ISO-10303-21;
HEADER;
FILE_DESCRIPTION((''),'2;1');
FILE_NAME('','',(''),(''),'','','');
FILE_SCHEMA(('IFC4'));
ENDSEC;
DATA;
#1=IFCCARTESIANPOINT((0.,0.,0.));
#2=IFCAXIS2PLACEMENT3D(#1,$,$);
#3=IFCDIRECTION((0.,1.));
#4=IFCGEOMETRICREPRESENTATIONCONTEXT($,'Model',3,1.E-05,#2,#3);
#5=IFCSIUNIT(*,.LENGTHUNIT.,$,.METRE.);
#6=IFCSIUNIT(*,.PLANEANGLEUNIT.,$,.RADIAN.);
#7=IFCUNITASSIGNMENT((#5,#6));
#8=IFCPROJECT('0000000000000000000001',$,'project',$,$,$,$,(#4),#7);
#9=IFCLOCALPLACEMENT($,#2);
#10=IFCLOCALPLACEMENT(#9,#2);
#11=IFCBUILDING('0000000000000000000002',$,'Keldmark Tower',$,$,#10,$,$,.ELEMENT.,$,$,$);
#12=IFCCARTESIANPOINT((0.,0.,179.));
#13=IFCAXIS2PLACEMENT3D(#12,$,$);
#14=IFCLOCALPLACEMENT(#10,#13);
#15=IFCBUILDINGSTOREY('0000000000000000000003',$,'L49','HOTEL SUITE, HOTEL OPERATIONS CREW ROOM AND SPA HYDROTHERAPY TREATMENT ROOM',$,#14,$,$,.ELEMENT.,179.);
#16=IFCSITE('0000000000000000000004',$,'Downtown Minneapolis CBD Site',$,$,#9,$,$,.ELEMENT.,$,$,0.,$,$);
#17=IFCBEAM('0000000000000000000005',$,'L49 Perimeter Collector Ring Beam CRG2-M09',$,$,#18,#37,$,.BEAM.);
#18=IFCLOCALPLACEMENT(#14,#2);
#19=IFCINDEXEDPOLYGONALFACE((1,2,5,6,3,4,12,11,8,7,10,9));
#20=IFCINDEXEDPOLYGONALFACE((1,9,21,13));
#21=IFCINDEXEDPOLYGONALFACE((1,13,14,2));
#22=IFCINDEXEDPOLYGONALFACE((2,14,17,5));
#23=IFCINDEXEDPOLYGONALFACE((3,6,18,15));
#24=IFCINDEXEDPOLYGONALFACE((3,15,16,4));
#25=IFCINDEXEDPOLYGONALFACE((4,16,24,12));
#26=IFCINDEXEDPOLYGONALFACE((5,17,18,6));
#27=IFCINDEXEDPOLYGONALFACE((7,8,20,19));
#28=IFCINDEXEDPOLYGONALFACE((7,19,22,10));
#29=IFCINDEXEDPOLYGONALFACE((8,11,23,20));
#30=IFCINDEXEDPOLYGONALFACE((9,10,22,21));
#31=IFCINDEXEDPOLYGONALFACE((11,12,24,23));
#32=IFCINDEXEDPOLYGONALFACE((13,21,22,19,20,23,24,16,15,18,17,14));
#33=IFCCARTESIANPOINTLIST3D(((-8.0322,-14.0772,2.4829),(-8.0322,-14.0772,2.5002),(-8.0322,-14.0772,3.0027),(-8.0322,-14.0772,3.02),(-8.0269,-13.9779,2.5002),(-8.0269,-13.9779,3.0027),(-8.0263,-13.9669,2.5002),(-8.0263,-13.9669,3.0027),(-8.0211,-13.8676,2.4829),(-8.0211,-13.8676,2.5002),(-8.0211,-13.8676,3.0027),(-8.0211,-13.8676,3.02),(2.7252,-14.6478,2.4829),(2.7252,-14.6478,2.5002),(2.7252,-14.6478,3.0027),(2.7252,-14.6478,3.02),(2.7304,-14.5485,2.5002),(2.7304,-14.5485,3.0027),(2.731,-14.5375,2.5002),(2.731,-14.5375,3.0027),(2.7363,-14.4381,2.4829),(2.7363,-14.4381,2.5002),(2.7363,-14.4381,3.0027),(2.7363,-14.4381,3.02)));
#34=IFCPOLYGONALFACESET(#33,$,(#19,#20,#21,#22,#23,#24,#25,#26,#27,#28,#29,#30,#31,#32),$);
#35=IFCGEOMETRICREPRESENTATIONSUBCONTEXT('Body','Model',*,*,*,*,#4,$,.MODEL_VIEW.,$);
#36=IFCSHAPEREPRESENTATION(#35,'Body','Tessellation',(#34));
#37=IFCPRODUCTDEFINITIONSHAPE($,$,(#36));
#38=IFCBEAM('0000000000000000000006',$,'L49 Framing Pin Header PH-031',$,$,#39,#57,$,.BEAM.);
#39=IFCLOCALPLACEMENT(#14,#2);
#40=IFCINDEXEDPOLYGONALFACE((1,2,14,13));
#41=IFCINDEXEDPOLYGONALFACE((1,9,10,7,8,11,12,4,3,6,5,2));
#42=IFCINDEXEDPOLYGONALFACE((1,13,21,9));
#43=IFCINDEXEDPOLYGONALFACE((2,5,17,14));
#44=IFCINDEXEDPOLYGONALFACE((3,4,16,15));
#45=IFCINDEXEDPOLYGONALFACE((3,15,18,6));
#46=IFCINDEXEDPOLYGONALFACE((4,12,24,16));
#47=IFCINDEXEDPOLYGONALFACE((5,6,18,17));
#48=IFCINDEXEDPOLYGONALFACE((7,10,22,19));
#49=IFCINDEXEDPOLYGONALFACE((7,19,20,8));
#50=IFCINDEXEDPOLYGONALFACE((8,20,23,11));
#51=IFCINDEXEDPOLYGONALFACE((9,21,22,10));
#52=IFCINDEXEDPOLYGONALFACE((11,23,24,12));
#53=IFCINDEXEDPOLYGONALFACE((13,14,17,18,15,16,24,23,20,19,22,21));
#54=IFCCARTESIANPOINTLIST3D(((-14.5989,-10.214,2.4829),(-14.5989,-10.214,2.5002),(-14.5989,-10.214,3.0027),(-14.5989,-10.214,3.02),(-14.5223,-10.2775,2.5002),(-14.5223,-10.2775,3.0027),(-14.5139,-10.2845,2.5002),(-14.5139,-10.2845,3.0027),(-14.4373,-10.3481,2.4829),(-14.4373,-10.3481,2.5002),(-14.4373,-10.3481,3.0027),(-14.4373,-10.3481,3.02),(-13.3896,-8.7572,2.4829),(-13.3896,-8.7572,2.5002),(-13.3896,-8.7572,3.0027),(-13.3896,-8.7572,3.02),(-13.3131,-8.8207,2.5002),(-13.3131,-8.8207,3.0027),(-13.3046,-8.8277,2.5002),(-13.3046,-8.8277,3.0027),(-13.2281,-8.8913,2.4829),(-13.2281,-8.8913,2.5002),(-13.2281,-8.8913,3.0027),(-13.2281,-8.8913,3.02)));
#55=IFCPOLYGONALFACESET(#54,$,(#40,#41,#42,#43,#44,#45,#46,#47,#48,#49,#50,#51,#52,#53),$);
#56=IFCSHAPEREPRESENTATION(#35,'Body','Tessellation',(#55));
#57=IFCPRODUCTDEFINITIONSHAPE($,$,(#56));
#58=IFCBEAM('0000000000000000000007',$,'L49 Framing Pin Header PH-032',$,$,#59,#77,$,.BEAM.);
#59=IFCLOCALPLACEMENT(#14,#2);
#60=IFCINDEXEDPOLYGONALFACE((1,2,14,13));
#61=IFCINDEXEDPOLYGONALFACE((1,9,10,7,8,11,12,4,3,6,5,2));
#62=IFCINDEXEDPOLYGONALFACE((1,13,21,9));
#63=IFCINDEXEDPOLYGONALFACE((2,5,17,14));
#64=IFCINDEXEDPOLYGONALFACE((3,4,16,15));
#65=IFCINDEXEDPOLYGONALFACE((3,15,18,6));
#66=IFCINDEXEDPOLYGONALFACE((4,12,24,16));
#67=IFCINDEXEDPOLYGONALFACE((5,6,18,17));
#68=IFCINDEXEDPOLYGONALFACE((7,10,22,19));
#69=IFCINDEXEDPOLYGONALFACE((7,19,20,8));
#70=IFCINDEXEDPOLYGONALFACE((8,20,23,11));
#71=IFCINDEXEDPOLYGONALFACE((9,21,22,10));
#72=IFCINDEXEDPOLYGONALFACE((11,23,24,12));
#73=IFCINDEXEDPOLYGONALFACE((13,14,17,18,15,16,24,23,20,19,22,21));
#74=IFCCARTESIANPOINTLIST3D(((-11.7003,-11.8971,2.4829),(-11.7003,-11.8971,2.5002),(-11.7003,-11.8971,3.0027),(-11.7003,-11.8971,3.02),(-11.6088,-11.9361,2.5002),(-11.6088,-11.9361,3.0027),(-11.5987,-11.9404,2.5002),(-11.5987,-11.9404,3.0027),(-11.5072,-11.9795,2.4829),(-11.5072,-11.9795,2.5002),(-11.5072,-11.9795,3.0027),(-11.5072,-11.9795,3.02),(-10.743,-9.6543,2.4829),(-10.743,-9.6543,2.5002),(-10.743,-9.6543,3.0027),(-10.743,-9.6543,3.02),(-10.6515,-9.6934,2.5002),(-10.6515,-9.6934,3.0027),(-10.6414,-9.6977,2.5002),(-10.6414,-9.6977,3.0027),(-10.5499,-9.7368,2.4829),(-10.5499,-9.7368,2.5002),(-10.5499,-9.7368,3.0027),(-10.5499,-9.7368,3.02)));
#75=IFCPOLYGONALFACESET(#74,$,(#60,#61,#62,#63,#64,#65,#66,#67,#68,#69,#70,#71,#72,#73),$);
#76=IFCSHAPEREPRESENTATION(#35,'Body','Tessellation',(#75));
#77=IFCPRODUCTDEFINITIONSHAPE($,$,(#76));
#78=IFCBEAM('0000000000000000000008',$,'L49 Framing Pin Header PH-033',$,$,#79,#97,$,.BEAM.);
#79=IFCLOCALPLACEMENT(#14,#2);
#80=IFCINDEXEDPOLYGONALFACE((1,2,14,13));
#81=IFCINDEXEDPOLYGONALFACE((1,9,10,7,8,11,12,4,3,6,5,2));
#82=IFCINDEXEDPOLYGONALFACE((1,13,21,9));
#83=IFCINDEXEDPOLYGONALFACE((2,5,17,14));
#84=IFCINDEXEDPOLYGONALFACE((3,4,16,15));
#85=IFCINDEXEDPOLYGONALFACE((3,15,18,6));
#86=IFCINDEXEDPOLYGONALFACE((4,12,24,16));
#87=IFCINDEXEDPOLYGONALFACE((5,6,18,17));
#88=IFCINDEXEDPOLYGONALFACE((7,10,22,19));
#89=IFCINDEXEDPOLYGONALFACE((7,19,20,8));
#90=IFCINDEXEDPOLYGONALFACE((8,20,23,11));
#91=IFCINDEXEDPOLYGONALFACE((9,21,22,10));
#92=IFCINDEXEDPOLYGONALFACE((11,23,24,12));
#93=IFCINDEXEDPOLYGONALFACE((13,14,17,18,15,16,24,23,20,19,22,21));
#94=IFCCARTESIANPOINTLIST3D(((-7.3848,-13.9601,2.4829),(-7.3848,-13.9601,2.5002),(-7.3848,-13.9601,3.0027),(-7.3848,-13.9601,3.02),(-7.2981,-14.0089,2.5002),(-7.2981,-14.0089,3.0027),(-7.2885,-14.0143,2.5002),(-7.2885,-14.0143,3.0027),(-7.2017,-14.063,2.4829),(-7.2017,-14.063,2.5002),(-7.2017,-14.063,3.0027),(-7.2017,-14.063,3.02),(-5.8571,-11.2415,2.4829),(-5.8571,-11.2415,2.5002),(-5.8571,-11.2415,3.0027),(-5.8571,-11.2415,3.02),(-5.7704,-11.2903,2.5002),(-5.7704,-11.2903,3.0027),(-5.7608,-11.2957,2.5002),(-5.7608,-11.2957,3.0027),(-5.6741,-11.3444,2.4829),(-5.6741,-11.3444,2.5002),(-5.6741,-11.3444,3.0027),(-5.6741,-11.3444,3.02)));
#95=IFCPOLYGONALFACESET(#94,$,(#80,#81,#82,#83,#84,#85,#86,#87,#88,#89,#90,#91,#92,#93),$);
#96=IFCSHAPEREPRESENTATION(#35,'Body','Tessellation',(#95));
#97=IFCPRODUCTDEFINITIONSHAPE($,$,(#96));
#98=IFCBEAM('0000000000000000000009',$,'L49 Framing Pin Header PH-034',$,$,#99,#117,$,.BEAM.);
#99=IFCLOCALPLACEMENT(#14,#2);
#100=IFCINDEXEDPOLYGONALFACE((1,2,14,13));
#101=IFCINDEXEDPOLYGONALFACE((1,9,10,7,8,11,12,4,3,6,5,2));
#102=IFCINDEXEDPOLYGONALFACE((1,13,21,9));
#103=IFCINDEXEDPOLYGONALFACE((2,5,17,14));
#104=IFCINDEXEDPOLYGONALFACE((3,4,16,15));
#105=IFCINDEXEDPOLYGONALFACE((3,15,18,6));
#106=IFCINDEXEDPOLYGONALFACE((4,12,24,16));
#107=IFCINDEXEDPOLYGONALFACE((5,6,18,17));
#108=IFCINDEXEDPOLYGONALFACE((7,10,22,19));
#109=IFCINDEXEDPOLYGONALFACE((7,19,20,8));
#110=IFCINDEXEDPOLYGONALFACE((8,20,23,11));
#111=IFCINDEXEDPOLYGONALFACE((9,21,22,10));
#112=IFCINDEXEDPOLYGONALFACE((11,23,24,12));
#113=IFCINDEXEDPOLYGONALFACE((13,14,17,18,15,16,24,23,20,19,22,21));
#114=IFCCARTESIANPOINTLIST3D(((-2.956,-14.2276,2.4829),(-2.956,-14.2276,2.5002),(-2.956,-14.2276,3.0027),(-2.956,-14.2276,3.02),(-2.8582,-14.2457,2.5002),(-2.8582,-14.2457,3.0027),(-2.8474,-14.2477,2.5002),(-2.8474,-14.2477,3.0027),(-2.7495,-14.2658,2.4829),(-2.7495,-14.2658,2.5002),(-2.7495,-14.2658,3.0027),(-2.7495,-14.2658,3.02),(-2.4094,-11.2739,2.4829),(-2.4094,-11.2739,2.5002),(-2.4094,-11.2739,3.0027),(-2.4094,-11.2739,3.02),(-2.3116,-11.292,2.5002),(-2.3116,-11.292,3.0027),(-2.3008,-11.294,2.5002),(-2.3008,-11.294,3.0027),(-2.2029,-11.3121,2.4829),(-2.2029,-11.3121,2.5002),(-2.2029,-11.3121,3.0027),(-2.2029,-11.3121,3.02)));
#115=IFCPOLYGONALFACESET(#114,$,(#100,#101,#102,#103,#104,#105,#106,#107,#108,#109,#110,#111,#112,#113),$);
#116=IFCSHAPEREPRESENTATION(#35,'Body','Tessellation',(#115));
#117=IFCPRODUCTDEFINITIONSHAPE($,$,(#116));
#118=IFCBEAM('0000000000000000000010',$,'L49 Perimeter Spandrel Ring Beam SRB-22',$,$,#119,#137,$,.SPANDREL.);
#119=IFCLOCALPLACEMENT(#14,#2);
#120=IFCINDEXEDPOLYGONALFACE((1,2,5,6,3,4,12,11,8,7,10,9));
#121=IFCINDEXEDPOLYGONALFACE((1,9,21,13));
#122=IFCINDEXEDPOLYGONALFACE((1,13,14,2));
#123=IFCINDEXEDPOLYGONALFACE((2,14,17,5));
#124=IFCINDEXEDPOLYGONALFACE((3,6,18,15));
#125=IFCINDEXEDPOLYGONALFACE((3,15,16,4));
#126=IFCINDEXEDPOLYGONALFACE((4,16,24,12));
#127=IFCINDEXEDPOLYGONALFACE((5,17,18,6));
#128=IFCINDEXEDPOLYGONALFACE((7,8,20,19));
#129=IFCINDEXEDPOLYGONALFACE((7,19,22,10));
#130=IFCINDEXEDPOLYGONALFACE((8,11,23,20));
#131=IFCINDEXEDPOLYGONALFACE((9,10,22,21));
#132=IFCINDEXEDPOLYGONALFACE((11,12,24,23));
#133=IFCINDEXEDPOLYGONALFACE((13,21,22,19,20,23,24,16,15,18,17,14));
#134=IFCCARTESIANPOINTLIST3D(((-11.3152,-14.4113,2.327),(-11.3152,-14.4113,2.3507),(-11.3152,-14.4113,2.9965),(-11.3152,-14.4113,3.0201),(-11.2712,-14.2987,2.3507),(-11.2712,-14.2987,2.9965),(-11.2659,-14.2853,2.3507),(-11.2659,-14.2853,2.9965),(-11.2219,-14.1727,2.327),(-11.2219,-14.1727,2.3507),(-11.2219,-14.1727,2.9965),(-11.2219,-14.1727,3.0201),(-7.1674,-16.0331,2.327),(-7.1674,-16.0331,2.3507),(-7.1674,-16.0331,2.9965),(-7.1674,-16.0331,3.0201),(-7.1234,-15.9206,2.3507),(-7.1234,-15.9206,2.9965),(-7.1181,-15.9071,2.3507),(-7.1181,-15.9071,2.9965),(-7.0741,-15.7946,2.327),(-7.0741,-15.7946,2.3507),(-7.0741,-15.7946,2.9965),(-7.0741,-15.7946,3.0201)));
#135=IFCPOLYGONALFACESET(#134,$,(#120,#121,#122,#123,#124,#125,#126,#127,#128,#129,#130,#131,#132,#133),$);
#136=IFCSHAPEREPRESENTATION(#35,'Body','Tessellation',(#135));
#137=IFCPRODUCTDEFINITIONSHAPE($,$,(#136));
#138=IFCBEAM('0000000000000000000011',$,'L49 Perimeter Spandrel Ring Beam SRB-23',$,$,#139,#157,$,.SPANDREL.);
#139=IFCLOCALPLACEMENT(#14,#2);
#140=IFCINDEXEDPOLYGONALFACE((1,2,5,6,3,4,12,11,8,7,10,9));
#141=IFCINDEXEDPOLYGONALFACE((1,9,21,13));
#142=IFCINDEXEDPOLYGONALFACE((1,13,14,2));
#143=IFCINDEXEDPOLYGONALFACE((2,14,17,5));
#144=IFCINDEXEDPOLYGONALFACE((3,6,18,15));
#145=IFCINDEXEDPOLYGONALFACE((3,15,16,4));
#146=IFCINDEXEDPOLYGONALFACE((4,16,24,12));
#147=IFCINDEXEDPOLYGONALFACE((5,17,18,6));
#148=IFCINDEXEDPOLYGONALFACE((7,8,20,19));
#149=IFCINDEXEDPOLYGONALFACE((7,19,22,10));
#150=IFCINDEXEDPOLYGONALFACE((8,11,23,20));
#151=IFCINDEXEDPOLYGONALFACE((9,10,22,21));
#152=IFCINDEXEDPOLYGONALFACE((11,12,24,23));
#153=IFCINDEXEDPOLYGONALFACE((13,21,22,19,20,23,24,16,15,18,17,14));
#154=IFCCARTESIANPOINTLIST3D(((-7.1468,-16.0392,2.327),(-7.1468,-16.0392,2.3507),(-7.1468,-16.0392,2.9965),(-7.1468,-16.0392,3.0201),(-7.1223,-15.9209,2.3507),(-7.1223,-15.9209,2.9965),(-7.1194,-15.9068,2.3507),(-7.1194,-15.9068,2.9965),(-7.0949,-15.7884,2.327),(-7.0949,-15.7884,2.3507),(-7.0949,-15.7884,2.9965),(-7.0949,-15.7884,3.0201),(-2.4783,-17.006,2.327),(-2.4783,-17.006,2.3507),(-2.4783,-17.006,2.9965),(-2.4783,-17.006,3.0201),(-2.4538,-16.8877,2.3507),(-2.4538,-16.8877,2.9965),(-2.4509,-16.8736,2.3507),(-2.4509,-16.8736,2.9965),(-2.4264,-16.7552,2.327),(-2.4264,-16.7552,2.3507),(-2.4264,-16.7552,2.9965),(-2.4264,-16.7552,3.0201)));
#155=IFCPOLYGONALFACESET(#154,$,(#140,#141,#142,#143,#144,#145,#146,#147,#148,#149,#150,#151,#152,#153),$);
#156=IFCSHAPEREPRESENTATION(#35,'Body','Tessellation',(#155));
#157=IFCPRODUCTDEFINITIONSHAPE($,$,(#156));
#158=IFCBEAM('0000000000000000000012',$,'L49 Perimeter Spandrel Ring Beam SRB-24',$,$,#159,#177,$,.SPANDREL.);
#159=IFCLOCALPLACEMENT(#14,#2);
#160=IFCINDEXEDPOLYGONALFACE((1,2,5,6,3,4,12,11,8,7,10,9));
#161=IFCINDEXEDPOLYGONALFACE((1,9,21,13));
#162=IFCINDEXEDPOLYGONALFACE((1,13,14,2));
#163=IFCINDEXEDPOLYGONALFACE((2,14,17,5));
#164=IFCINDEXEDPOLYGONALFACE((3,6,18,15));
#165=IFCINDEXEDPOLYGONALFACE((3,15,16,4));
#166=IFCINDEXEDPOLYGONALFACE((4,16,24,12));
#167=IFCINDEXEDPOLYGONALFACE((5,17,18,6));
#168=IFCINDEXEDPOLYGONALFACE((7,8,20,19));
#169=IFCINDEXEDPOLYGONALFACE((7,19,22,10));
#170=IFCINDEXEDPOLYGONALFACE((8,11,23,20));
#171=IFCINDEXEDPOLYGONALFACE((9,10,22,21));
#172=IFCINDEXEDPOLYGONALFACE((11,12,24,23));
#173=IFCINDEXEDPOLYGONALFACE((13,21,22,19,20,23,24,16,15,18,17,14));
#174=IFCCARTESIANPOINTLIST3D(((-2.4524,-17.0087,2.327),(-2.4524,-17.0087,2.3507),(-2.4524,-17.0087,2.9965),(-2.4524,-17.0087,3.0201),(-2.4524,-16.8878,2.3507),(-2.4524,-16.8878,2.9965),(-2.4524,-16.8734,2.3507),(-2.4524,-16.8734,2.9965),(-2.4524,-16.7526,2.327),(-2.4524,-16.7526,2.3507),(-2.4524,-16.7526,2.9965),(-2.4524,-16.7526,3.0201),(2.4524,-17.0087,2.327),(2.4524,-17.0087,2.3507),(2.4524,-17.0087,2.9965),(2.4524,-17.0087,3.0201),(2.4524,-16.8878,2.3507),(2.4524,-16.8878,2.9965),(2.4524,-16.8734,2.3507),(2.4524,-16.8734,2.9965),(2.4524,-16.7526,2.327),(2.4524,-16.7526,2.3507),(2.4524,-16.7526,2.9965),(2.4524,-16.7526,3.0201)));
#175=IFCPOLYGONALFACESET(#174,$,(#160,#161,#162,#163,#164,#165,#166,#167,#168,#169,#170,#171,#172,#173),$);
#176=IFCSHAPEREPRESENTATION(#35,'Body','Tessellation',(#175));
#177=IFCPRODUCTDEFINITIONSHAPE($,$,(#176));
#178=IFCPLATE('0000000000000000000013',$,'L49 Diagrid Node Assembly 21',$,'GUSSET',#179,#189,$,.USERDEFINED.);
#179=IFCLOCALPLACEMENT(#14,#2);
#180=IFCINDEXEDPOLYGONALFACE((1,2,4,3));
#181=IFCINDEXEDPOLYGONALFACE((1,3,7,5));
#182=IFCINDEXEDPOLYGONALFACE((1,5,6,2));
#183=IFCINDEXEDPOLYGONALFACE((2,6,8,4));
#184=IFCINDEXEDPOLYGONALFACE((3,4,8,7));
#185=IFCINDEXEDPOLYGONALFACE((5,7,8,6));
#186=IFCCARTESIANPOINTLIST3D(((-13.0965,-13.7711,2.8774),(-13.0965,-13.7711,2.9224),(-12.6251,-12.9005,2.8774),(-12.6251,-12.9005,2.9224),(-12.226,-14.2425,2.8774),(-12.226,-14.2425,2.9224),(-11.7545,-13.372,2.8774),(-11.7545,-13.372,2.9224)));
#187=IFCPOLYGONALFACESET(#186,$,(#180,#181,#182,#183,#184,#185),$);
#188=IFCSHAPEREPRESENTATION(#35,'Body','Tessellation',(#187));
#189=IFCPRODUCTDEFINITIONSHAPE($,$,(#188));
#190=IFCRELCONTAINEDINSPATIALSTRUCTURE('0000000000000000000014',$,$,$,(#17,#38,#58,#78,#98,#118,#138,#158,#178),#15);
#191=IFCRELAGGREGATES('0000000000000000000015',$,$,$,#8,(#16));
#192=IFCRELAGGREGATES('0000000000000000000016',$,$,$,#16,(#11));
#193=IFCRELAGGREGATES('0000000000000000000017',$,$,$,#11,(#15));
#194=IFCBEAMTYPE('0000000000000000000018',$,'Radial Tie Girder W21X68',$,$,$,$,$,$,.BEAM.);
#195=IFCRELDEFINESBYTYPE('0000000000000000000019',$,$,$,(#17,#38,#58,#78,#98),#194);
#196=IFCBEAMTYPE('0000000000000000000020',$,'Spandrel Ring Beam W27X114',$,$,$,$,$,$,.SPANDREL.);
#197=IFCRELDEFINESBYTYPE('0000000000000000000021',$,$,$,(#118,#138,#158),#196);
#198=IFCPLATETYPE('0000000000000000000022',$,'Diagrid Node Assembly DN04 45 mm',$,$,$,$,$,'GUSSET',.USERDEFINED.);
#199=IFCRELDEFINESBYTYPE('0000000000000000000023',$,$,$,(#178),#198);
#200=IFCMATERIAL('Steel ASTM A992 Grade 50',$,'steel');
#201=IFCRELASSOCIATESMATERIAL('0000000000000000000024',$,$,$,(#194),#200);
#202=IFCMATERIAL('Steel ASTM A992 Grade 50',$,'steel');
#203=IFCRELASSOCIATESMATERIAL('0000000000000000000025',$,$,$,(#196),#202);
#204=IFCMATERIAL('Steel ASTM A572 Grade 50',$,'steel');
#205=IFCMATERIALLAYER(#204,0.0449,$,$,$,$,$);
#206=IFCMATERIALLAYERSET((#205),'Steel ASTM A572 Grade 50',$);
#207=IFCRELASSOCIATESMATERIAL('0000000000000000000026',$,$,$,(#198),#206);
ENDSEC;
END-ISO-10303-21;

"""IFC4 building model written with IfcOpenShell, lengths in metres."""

from ifc_helpers import new_model, si_unit, direction, frame, origin, origin_2d, place, context, subcontext, project, spatial, rectangle, i_section, extrude, material, layer, layer_set, material_profile, profile_set, type_object, element, save


model = new_model("IFC4")

# Units and contexts
model_context = context("Model", 3, precision=1e-05, world=origin(), true_north=direction((0.0, 1.0)))
body_context = subcontext(model_context, "Body", "Model", "MODEL_VIEW")
ifc_project = project(units=[si_unit("LENGTHUNIT", "METRE"), si_unit("PLANEANGLEUNIT", "RADIAN")], contexts=[model_context])

# Site, building, storey
site_placement = place(None, origin())
site = spatial("IfcSite", under=ifc_project, at=site_placement, Name="Downtown Minneapolis CBD Site", CompositionType="ELEMENT", RefElevation=0.0)
building_placement = place(site_placement, origin())
building = spatial("IfcBuilding", under=site, at=building_placement, Name="Keldmark Tower", CompositionType="ELEMENT")
storey_placement = place(building_placement, frame((0.0, 0.0, 179.0)))
storey = spatial("IfcBuildingStorey", under=building, at=storey_placement, Name="L49", Description="HOTEL SUITE, HOTEL OPERATIONS CREW ROOM AND SPA HYDROTHERAPY TREATMENT ROOM", CompositionType="ELEMENT", Elevation=179.0)

# Beams
ifc_material_1 = material(Name="Steel ASTM A992 Grade 50", Category="steel")
ifc_material_profile_1 = material_profile(ifc_material_1, i_section(OverallWidth=0.21, OverallDepth=0.5371, WebThickness=0.011, FlangeThickness=0.0173, at=origin_2d()), Name="W21X68")
ifc_profile_set_1 = profile_set([ifc_material_profile_1], Name="Steel ASTM A992 Grade 50")
beam_type_1 = type_object("IfcBeamType", Name="Radial Tie Girder W21X68", PredefinedType="BEAM", material=ifc_profile_set_1)
beam_1_placement = place(storey_placement, frame((-8.0266, -13.9724, 2.7515), z_axis=(0.998596, -0.052964, 0.0), x_axis=(0.052964, 0.998596, 0.0)))
element("IfcBeam", 1, at=beam_1_placement, inside=storey, type_object=beam_type_1, Name="L49 Perimeter Collector Ring Beam CRG2-M09", PredefinedType="BEAM", context=body_context, shape_type="SweptSolid", body=[
    extrude(i_section(OverallWidth=0.21, OverallDepth=0.5371, WebThickness=0.011, FlangeThickness=0.0173, at=origin_2d()), origin(), (0.0, 0.0, 1.0), 10.7725),
])
beam_2_placement = place(storey_placement, frame((-13.3088, -8.8242, 2.7515), z_axis=(-0.638699, -0.769457, 0.0), x_axis=(0.769457, -0.638699, 0.0)))
element("IfcBeam", 2, at=beam_2_placement, inside=storey, type_object=beam_type_1, Name="L49 Framing Pin Header PH-031", PredefinedType="BEAM", context=body_context, shape_type="SweptSolid", body=[
    extrude(i_section(OverallWidth=0.21, OverallDepth=0.5371, WebThickness=0.011, FlangeThickness=0.0173, at=origin_2d()), origin(), (0.0, 0.0, 1.0), 1.8933),
])
beam_3_placement = place(storey_placement, frame((-10.6465, -9.6956, 2.7515), z_axis=(-0.392578, -0.919719, 0.0), x_axis=(0.919719, -0.392578, 0.0)))
element("IfcBeam", 3, at=beam_3_placement, inside=storey, type_object=beam_type_1, Name="L49 Framing Pin Header PH-032", PredefinedType="BEAM", context=body_context, shape_type="SweptSolid", body=[
    extrude(i_section(OverallWidth=0.21, OverallDepth=0.5371, WebThickness=0.011, FlangeThickness=0.0173, at=origin_2d()), origin(), (0.0, 0.0, 1.0), 2.4385),
])
beam_4_placement = place(storey_placement, frame((-5.7656, -11.293, 2.7515), z_axis=(-0.489878, -0.871791, 0.0), x_axis=(0.871791, -0.489878, 0.0)))
element("IfcBeam", 4, at=beam_4_placement, inside=storey, type_object=beam_type_1, Name="L49 Framing Pin Header PH-033", PredefinedType="BEAM", context=body_context, shape_type="SweptSolid", body=[
    extrude(i_section(OverallWidth=0.21, OverallDepth=0.5371, WebThickness=0.011, FlangeThickness=0.0173, at=origin_2d()), origin(), (0.0, 0.0, 1.0), 3.1184),
])
beam_5_placement = place(storey_placement, frame((-2.3062, -11.293, 2.7515), z_axis=(-0.181967, -0.983305, 0.0), x_axis=(0.983305, -0.181967, 0.0)))
element("IfcBeam", 5, at=beam_5_placement, inside=storey, type_object=beam_type_1, Name="L49 Framing Pin Header PH-034", PredefinedType="BEAM", context=body_context, shape_type="SweptSolid", body=[
    extrude(i_section(OverallWidth=0.21, OverallDepth=0.5371, WebThickness=0.011, FlangeThickness=0.0173, at=origin_2d()), origin(), (0.0, 0.0, 1.0), 3.0039),
])
ifc_material_2 = material(Name="Steel ASTM A992 Grade 50", Category="steel")
ifc_material_profile_2 = material_profile(ifc_material_2, i_section(OverallWidth=0.2561, OverallDepth=0.6931, WebThickness=0.0144, FlangeThickness=0.0237, at=origin_2d()), Name="W27X114")
ifc_profile_set_2 = profile_set([ifc_material_profile_2], Name="Steel ASTM A992 Grade 50")
beam_type_2 = type_object("IfcBeamType", Name="Spandrel Ring Beam W27X114", PredefinedType="SPANDREL", material=ifc_profile_set_2)
beam_6_placement = place(storey_placement, frame((-11.2686, -14.292, 2.6736), z_axis=(0.931333, -0.364168, 0.0), x_axis=(0.364168, 0.931333, 0.0)))
element("IfcBeam", 6, at=beam_6_placement, inside=storey, type_object=beam_type_2, Name="L49 Perimeter Spandrel Ring Beam SRB-22", PredefinedType="SPANDREL", context=body_context, shape_type="SweptSolid", body=[
    extrude(i_section(OverallWidth=0.2561, OverallDepth=0.6931, WebThickness=0.0144, FlangeThickness=0.0237, at=origin_2d()), origin(), (0.0, 0.0, 1.0), 4.4536),
])
beam_7_placement = place(storey_placement, frame((-7.1208, -15.9138, 2.6736), z_axis=(0.979223, -0.202788, 0.0), x_axis=(0.202788, 0.979223, 0.0)))
element("IfcBeam", 7, at=beam_7_placement, inside=storey, type_object=beam_type_2, Name="L49 Perimeter Spandrel Ring Beam SRB-23", PredefinedType="SPANDREL", context=body_context, shape_type="SweptSolid", body=[
    extrude(i_section(OverallWidth=0.2561, OverallDepth=0.6931, WebThickness=0.0144, FlangeThickness=0.0237, at=origin_2d()), origin(), (0.0, 0.0, 1.0), 4.7676),
])
beam_8_placement = place(storey_placement, frame((-2.4524, -16.8806, 2.6736), z_axis=(1.0, 0.0, 0.0), x_axis=(0.0, 1.0, 0.0)))
element("IfcBeam", 8, at=beam_8_placement, inside=storey, type_object=beam_type_2, Name="L49 Perimeter Spandrel Ring Beam SRB-24", PredefinedType="SPANDREL", context=body_context, shape_type="SweptSolid", body=[
    extrude(i_section(OverallWidth=0.2561, OverallDepth=0.6931, WebThickness=0.0144, FlangeThickness=0.0237, at=origin_2d()), origin(), (0.0, 0.0, 1.0), 4.9048),
])

# Plate
ifc_material_3 = material(Name="Steel ASTM A572 Grade 50", Category="steel")
ifc_layer_1 = layer(ifc_material_3, 0.0449)
ifc_layer_set_1 = layer_set([ifc_layer_1], Name="Steel ASTM A572 Grade 50")
plate_type = type_object("IfcPlateType", Name="Diagrid Node Assembly DN04 45 mm", ElementType="GUSSET", PredefinedType="USERDEFINED", material=ifc_layer_set_1)
for number, where, z_axis, x_axis, name in (
    (9, (-12.4255, -13.5715, 2.8774), (0.0, 0.0, 1.0), (0.879316, -0.476238, 0.0), "L49 Diagrid Node Assembly 21"),
):
    element("IfcPlate", number, at=place(storey_placement, frame(where, z_axis=z_axis, x_axis=x_axis)), inside=storey, type_object=plate_type, Name=name, ObjectType="GUSSET", PredefinedType="USERDEFINED", context=body_context, shape_type="SweptSolid", body=[
        extrude(rectangle(XDim=0.99, YDim=0.99, at=origin_2d()), origin(), (0.0, 0.0, 1.0), 0.0449),
    ])

save(model, "model.ifc")
